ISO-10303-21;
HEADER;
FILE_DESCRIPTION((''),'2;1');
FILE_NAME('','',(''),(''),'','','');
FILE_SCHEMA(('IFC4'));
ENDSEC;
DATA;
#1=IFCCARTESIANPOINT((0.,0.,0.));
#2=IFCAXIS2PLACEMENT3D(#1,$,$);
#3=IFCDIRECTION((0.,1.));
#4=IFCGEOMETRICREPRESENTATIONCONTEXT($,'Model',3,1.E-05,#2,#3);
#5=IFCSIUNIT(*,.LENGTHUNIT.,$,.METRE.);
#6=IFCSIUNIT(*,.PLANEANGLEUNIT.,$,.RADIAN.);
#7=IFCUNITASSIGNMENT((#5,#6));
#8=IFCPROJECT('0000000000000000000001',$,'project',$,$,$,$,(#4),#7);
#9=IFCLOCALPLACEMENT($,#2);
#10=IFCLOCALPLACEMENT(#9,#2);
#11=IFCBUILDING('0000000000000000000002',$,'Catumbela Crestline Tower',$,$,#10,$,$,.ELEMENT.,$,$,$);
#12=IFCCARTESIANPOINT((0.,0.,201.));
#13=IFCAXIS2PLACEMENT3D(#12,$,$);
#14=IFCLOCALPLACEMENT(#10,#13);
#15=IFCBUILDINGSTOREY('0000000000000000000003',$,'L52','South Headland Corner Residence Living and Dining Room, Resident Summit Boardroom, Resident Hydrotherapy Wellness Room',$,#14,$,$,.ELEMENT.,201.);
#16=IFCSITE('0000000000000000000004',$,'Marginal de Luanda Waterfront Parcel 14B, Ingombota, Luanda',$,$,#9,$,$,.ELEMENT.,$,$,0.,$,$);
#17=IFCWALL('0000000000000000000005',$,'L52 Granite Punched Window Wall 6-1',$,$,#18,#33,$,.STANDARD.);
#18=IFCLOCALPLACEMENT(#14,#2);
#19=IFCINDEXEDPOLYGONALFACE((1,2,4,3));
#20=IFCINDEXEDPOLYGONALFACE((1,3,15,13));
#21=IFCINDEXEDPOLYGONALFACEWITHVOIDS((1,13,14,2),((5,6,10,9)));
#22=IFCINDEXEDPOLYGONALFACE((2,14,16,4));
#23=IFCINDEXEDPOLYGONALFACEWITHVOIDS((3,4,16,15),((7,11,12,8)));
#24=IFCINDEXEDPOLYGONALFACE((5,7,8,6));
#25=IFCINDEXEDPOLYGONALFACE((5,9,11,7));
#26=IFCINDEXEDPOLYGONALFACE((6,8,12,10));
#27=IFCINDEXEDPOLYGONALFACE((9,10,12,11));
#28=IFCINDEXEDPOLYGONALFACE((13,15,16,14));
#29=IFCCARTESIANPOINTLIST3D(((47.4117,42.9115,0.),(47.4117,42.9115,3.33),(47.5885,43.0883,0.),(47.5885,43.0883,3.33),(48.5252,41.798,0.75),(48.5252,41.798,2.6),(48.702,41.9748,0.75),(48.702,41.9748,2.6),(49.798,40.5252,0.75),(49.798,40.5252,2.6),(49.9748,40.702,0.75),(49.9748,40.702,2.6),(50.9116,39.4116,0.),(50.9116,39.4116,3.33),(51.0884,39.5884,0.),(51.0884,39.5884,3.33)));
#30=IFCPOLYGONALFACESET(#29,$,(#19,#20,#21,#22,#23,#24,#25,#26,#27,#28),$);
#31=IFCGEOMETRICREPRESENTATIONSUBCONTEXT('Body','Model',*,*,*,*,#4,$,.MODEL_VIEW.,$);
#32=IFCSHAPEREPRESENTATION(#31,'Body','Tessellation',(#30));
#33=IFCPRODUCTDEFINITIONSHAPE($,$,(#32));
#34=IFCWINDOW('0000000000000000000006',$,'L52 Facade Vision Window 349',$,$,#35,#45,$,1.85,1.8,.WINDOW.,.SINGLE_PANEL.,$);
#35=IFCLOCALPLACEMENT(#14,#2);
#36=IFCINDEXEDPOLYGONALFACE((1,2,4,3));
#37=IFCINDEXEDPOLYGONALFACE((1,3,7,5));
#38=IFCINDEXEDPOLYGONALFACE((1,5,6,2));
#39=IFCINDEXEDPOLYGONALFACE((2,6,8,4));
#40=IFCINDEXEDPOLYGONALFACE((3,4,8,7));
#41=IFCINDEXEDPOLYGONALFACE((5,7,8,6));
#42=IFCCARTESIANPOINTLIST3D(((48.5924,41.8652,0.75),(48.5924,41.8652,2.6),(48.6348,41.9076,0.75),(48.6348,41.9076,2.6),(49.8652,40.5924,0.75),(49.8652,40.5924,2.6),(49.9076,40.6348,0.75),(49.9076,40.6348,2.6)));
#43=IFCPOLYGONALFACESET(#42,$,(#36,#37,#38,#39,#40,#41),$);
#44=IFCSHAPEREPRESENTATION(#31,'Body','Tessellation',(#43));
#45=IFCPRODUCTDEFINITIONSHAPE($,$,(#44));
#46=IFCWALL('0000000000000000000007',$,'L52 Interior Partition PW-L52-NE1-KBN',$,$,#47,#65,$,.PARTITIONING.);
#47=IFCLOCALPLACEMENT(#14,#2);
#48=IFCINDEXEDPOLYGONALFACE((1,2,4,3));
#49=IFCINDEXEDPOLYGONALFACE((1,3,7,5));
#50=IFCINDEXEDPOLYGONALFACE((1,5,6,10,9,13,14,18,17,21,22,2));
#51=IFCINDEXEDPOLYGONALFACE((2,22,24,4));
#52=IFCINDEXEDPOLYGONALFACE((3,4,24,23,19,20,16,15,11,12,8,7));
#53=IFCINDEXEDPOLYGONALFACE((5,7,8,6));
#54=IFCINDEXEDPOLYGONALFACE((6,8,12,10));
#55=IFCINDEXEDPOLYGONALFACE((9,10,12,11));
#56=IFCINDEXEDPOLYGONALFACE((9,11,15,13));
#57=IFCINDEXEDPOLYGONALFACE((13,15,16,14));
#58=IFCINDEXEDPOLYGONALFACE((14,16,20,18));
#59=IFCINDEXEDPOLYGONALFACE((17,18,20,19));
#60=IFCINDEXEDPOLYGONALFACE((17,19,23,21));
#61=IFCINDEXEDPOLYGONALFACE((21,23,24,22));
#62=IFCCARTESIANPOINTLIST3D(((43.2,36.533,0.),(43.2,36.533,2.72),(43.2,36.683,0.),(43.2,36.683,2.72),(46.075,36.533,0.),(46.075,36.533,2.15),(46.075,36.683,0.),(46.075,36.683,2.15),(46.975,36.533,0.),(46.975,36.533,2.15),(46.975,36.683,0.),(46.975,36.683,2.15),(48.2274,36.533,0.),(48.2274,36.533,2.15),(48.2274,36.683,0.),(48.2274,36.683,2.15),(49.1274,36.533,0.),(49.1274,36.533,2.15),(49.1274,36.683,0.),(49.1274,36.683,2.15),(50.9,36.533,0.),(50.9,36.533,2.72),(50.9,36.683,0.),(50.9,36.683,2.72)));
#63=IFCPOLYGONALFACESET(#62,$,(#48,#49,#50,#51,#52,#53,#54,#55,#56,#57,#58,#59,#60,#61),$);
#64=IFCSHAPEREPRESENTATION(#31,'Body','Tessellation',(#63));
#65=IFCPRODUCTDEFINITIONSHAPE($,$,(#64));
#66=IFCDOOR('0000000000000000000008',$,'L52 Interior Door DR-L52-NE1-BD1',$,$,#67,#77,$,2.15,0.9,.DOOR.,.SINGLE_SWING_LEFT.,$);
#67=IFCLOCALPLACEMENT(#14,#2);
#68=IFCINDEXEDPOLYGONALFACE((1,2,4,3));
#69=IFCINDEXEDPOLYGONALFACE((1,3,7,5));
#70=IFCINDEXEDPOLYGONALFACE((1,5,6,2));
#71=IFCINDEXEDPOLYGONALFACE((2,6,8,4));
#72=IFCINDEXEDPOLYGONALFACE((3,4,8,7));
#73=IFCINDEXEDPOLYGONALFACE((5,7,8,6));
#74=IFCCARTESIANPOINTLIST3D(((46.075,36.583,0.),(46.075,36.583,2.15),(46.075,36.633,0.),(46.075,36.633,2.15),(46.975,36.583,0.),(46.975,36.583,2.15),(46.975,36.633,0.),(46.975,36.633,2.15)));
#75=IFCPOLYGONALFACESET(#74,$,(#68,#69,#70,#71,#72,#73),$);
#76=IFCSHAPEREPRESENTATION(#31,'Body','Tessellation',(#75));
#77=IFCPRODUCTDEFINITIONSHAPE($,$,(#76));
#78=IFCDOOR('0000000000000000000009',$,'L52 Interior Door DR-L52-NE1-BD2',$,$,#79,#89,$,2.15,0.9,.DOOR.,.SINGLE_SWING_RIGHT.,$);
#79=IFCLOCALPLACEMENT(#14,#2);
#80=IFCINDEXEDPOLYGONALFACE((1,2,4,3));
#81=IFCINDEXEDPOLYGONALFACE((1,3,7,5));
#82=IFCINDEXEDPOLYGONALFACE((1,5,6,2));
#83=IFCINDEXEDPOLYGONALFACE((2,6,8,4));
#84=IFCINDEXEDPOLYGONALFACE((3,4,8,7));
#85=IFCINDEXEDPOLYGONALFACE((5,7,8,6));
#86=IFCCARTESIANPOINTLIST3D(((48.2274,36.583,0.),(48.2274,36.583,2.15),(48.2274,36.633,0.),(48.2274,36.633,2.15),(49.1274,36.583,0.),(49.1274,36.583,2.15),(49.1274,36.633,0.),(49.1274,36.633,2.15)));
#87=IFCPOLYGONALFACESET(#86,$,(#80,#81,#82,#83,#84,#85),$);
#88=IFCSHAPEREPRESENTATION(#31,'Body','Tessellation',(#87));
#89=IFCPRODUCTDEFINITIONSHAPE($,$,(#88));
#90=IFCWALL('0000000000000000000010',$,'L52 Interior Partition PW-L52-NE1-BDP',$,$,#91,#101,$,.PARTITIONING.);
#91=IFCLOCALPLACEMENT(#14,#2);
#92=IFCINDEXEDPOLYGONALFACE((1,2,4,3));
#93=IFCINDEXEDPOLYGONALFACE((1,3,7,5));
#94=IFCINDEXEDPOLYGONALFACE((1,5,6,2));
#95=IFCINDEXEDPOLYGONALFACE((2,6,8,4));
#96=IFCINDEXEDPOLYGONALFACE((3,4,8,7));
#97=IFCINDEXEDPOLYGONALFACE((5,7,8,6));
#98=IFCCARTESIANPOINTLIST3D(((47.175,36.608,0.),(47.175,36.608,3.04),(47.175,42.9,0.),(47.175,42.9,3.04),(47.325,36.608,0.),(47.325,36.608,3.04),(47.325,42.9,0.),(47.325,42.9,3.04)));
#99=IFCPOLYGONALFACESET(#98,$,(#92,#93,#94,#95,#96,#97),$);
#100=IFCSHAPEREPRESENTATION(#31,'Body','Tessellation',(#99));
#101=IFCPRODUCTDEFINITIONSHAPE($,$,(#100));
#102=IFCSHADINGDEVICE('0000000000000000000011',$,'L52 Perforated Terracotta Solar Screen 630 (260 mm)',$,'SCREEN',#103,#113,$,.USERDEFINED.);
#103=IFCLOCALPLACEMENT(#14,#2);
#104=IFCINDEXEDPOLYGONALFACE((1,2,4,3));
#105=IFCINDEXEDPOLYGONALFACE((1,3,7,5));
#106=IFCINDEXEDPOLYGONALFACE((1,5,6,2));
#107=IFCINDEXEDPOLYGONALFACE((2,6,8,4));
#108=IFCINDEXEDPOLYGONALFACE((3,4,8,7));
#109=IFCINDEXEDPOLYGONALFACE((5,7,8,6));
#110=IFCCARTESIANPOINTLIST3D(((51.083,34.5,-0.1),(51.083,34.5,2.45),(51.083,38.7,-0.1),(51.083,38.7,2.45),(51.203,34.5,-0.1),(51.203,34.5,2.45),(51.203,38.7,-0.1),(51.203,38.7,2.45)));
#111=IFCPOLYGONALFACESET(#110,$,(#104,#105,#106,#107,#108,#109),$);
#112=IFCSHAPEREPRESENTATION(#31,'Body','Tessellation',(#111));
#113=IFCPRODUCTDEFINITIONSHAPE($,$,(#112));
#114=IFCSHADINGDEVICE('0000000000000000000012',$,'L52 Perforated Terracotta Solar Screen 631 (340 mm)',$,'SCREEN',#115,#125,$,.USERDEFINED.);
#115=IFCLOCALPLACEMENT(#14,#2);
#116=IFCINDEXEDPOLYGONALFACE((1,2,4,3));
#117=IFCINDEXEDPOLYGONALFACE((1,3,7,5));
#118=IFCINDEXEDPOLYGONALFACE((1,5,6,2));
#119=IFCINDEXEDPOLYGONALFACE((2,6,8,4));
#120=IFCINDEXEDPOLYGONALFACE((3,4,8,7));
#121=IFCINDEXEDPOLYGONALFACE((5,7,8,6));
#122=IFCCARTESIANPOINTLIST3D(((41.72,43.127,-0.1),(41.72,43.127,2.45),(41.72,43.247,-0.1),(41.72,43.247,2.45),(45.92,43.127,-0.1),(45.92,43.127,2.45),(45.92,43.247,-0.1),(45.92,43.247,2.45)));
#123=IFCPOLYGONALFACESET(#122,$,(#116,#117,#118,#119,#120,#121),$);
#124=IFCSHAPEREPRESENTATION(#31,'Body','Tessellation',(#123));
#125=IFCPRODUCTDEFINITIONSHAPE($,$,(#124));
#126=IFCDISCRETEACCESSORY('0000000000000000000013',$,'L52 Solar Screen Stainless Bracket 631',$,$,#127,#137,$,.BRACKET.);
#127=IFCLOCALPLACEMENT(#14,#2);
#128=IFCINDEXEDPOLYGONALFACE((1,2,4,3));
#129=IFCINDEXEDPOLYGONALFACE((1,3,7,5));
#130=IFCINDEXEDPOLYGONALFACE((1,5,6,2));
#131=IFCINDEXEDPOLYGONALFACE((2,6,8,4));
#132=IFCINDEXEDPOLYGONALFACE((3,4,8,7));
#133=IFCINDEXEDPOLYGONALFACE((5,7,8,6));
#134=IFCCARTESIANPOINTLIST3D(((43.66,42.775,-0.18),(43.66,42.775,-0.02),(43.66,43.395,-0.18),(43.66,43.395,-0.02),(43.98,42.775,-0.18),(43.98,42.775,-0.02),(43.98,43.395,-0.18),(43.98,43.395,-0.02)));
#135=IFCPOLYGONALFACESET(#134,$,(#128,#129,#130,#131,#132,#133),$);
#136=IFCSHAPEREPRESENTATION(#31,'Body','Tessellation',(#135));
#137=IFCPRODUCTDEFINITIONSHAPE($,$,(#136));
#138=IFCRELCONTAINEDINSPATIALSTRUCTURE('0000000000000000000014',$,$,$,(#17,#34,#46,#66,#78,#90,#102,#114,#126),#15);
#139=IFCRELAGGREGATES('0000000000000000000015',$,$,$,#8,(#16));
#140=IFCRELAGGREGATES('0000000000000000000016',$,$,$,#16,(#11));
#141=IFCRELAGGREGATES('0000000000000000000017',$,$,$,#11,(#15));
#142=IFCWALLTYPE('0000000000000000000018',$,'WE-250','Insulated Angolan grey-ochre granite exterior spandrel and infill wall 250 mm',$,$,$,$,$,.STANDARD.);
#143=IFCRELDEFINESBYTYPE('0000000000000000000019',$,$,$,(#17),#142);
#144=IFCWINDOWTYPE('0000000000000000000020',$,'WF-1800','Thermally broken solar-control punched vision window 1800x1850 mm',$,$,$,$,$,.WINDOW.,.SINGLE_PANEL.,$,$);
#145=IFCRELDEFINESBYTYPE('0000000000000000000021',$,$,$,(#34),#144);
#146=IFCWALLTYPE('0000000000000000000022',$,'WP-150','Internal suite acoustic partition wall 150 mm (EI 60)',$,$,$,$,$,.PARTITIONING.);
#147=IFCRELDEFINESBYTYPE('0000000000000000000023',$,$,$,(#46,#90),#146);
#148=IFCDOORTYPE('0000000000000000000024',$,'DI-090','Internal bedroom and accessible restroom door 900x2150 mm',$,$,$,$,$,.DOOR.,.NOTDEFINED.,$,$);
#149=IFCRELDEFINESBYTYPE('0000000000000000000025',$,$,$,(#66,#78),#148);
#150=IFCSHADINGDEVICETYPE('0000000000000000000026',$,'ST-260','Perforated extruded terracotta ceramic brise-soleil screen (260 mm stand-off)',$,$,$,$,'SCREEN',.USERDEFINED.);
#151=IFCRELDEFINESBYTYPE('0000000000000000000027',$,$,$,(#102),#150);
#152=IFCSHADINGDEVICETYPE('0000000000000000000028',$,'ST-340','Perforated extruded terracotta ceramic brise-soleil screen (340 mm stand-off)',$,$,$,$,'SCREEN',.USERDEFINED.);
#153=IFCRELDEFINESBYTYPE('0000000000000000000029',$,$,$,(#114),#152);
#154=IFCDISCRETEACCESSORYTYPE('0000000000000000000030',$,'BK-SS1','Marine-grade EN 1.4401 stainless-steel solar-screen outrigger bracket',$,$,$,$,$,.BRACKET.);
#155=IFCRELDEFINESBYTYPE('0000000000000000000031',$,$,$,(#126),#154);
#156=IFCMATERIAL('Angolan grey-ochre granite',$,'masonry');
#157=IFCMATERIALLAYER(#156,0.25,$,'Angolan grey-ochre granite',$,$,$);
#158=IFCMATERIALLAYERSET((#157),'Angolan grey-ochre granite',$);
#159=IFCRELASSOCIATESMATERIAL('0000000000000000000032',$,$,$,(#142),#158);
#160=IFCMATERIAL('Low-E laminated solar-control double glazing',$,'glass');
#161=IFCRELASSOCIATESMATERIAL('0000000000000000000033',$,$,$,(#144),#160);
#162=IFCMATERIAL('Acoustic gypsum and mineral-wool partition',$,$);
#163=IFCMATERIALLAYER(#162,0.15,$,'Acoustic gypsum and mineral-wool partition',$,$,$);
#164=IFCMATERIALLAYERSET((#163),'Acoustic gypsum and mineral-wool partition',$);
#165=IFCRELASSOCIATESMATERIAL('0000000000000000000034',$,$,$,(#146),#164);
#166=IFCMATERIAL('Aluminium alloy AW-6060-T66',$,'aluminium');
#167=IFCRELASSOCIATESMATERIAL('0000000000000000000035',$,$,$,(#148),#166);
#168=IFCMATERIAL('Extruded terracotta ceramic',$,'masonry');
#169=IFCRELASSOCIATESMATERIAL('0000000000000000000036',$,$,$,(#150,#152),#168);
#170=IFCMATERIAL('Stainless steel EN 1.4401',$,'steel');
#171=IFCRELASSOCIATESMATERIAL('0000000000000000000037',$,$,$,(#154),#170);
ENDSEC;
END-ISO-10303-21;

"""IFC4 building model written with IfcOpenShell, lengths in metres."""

from ifc_helpers import new_model, si_unit, direction, frame, frame_2d, origin, origin_2d, place, context, subcontext, project, spatial, rectangle, extrude, material, layer, layer_set, type_object, element, fill, save


model = new_model("IFC4")

# Units and contexts
model_context = context("Model", 3, precision=1e-05, world=origin(), true_north=direction((0.0, 1.0)))
body_context = subcontext(model_context, "Body", "Model", "MODEL_VIEW")
ifc_project = project(units=[si_unit("LENGTHUNIT", "METRE"), si_unit("PLANEANGLEUNIT", "RADIAN")], contexts=[model_context])

# Site, building, storey
site_placement = place(None, origin())
site = spatial("IfcSite", under=ifc_project, at=site_placement, Name="Marginal de Luanda Waterfront Parcel 14B, Ingombota, Luanda", CompositionType="ELEMENT", RefElevation=0.0)
building_placement = place(site_placement, origin())
building = spatial("IfcBuilding", under=site, at=building_placement, Name="Catumbela Crestline Tower", CompositionType="ELEMENT")
storey_placement = place(building_placement, frame((0.0, 0.0, 201.0)))
storey = spatial("IfcBuildingStorey", under=building, at=storey_placement, Name="L52", Description="South Headland Corner Residence Living and Dining Room, Resident Summit Boardroom, Resident Hydrotherapy Wellness Room", CompositionType="ELEMENT", Elevation=201.0)

# Shared definitions
ifc_material_1 = material(Name="Aluminium alloy AW-6060-T66", Category="aluminium")

# Shared definitions
ifc_material_2 = material(Name="Low-E laminated solar-control double glazing", Category="glass")

# Wall, opening, window
ifc_material_3 = material(Name="Angolan grey-ochre granite", Category="masonry")
ifc_layer_1 = layer(ifc_material_3, 0.25, Name="Angolan grey-ochre granite")
ifc_layer_set_1 = layer_set([ifc_layer_1], Name="Angolan grey-ochre granite")
wall_type_1 = type_object("IfcWallType", Name="WE-250", Description="Insulated Angolan grey-ochre granite exterior spandrel and infill wall 250 mm", PredefinedType="STANDARD", material=ifc_layer_set_1)
wall_1_placement = place(storey_placement, frame((51.0, 39.5, 0.0), z_axis=(0.0, 0.0, 1.0), x_axis=(-0.707107, 0.707107, 0.0)))
wall_1 = element("IfcWall", 1, at=wall_1_placement, inside=storey, type_object=wall_type_1, Name="L52 Granite Punched Window Wall 6-1", PredefinedType="STANDARD", context=body_context, shape_type="SweptSolid", body=[
    extrude(rectangle(XDim=4.9497, YDim=0.25, at=frame_2d((2.4748, 0.0))), origin(), (0.0, 0.0, 1.0), 3.33),
])
opening_1_placement = place(wall_1_placement, frame((1.5749, 0.0, 0.75)))
opening_1 = element("IfcOpeningElement", 2, at=opening_1_placement, cuts=wall_1, PredefinedType="OPENING", context=body_context, shape_type="SweptSolid", body=[
    extrude(rectangle(XDim=1.8, YDim=1.85, at=frame_2d((0.9, 0.925))), frame((0.0, 0.135, 0.0), z_axis=(0.0, -1.0, 0.0), x_axis=(1.0, 0.0, 0.0)), (0.0, 0.0, 1.0), 0.27),
])
window_type = type_object("IfcWindowType", Name="WF-1800", Description="Thermally broken solar-control punched vision window 1800x1850 mm", PartitioningType="SINGLE_PANEL", PredefinedType="WINDOW", material=ifc_material_2)
window_placement = place(opening_1_placement, origin())
window = element("IfcWindow", 3, at=window_placement, inside=storey, type_object=window_type, Name="L52 Facade Vision Window 349", OverallHeight=1.85, OverallWidth=1.8, PartitioningType="SINGLE_PANEL", PredefinedType="WINDOW", context=body_context, shape_type="SweptSolid", body=[
    extrude(rectangle(XDim=1.8, YDim=1.85, at=frame_2d((0.9, 0.925))), frame((0.0, 0.03, 0.0), z_axis=(0.0, -1.0, 0.0), x_axis=(1.0, 0.0, 0.0)), (0.0, 0.0, 1.0), 0.06),
])
fill(opening_1, window)

# Wall, openings, doors
ifc_material_4 = material(Name="Acoustic gypsum and mineral-wool partition")
ifc_layer_2 = layer(ifc_material_4, 0.15, Name="Acoustic gypsum and mineral-wool partition")
ifc_layer_set_2 = layer_set([ifc_layer_2], Name="Acoustic gypsum and mineral-wool partition")
wall_type_2 = type_object("IfcWallType", Name="WP-150", Description="Internal suite acoustic partition wall 150 mm (EI 60)", PredefinedType="PARTITIONING", material=ifc_layer_set_2)
wall_2_placement = place(storey_placement, frame((43.2, 36.608, 0.0), z_axis=(0.0, 0.0, 1.0), x_axis=(1.0, 0.0, 0.0)))
wall_2 = element("IfcWall", 4, at=wall_2_placement, inside=storey, type_object=wall_type_2, Name="L52 Interior Partition PW-L52-NE1-KBN", PredefinedType="PARTITIONING", context=body_context, shape_type="SweptSolid", body=[
    extrude(rectangle(XDim=7.7, YDim=0.15, at=frame_2d((3.85, 0.0))), origin(), (0.0, 0.0, 1.0), 2.72),
])
opening_2_placement = place(wall_2_placement, frame((2.875, 0.0, 0.0)))
opening_2 = element("IfcOpeningElement", 5, at=opening_2_placement, cuts=wall_2, PredefinedType="OPENING", context=body_context, shape_type="SweptSolid", body=[
    extrude(rectangle(XDim=0.9, YDim=2.15, at=frame_2d((0.45, 1.075))), frame((0.0, 0.085, 0.0), z_axis=(0.0, -1.0, 0.0), x_axis=(1.0, 0.0, 0.0)), (0.0, 0.0, 1.0), 0.17),
])
opening_3_placement = place(wall_2_placement, frame((5.0274, 0.0, 0.0)))
opening_3 = element("IfcOpeningElement", 6, at=opening_3_placement, cuts=wall_2, PredefinedType="OPENING", context=body_context, shape_type="SweptSolid", body=[
    extrude(rectangle(XDim=0.9, YDim=2.15, at=frame_2d((0.45, 1.075))), frame((0.0, 0.085, 0.0), z_axis=(0.0, -1.0, 0.0), x_axis=(1.0, 0.0, 0.0)), (0.0, 0.0, 1.0), 0.17),
])
door_type = type_object("IfcDoorType", Name="DI-090", Description="Internal bedroom and accessible restroom door 900x2150 mm", OperationType="NOTDEFINED", PredefinedType="DOOR", material=ifc_material_1)
door_1_placement = place(opening_2_placement, origin())
door_1 = element("IfcDoor", 7, at=door_1_placement, inside=storey, type_object=door_type, Name="L52 Interior Door DR-L52-NE1-BD1", OperationType="SINGLE_SWING_LEFT", OverallHeight=2.15, OverallWidth=0.9, PredefinedType="DOOR", context=body_context, shape_type="SweptSolid", body=[
    extrude(rectangle(XDim=0.9, YDim=2.15, at=frame_2d((0.45, 1.075))), frame((0.0, 0.025, 0.0), z_axis=(0.0, -1.0, 0.0), x_axis=(1.0, 0.0, 0.0)), (0.0, 0.0, 1.0), 0.05),
])
fill(opening_2, door_1)
door_2_placement = place(opening_3_placement, origin())
door_2 = element("IfcDoor", 8, at=door_2_placement, inside=storey, type_object=door_type, Name="L52 Interior Door DR-L52-NE1-BD2", OperationType="SINGLE_SWING_RIGHT", OverallHeight=2.15, OverallWidth=0.9, PredefinedType="DOOR", context=body_context, shape_type="SweptSolid", body=[
    extrude(rectangle(XDim=0.9, YDim=2.15, at=frame_2d((0.45, 1.075))), frame((0.0, 0.025, 0.0), z_axis=(0.0, -1.0, 0.0), x_axis=(1.0, 0.0, 0.0)), (0.0, 0.0, 1.0), 0.05),
])
fill(opening_3, door_2)

# Wall
wall_3_placement = place(storey_placement, frame((47.25, 36.608, 0.0), z_axis=(0.0, 0.0, 1.0), x_axis=(0.0, 1.0, 0.0)))
element("IfcWall", 9, at=wall_3_placement, inside=storey, type_object=wall_type_2, Name="L52 Interior Partition PW-L52-NE1-BDP", PredefinedType="PARTITIONING", context=body_context, shape_type="SweptSolid", body=[
    extrude(rectangle(XDim=6.292, YDim=0.15, at=frame_2d((3.146, 0.0))), origin(), (0.0, 0.0, 1.0), 3.04),
])

# Shading devices
ifc_material_5 = material(Name="Extruded terracotta ceramic", Category="masonry")
shading_device_type_1 = type_object("IfcShadingDeviceType", Name="ST-260", Description="Perforated extruded terracotta ceramic brise-soleil screen (260 mm stand-off)", ElementType="SCREEN", PredefinedType="USERDEFINED", material=ifc_material_5)
shading_device_1_placement = place(storey_placement, frame((51.143, 36.6, -0.1), z_axis=(0.0, 0.0, 1.0), x_axis=(0.0, 1.0, 0.0)))
element("IfcShadingDevice", 10, at=shading_device_1_placement, inside=storey, type_object=shading_device_type_1, Name="L52 Perforated Terracotta Solar Screen 630 (260 mm)", ObjectType="SCREEN", PredefinedType="USERDEFINED", context=body_context, shape_type="SweptSolid", body=[
    extrude(rectangle(XDim=4.2, YDim=0.12, at=origin_2d()), origin(), (0.0, 0.0, 1.0), 2.55),
])
shading_device_type_2 = type_object("IfcShadingDeviceType", Name="ST-340", Description="Perforated extruded terracotta ceramic brise-soleil screen (340 mm stand-off)", ElementType="SCREEN", PredefinedType="USERDEFINED", material=ifc_material_5)
shading_device_2_placement = place(storey_placement, frame((43.82, 43.187, -0.1), z_axis=(0.0, 0.0, 1.0), x_axis=(-1.0, 0.0, 0.0)))
element("IfcShadingDevice", 11, at=shading_device_2_placement, inside=storey, type_object=shading_device_type_2, Name="L52 Perforated Terracotta Solar Screen 631 (340 mm)", ObjectType="SCREEN", PredefinedType="USERDEFINED", context=body_context, shape_type="SweptSolid", body=[
    extrude(rectangle(XDim=4.2, YDim=0.12, at=origin_2d()), origin(), (0.0, 0.0, 1.0), 2.55),
])

# Discrete accessory
ifc_material_6 = material(Name="Stainless steel EN 1.4401", Category="steel")
discrete_accessory_type = type_object("IfcDiscreteAccessoryType", Name="BK-SS1", Description="Marine-grade EN 1.4401 stainless-steel solar-screen outrigger bracket", PredefinedType="BRACKET", material=ifc_material_6)
discrete_accessory_placement = place(storey_placement, frame((43.82, 43.085, -0.18), z_axis=(0.0, 0.0, 1.0), x_axis=(-1.0, 0.0, 0.0)))
element("IfcDiscreteAccessory", 12, at=discrete_accessory_placement, inside=storey, type_object=discrete_accessory_type, Name="L52 Solar Screen Stainless Bracket 631", PredefinedType="BRACKET", context=body_context, shape_type="SweptSolid", body=[
    extrude(rectangle(XDim=0.32, YDim=0.62, at=origin_2d()), origin(), (0.0, 0.0, 1.0), 0.16),
])

save(model, "model.ifc")
